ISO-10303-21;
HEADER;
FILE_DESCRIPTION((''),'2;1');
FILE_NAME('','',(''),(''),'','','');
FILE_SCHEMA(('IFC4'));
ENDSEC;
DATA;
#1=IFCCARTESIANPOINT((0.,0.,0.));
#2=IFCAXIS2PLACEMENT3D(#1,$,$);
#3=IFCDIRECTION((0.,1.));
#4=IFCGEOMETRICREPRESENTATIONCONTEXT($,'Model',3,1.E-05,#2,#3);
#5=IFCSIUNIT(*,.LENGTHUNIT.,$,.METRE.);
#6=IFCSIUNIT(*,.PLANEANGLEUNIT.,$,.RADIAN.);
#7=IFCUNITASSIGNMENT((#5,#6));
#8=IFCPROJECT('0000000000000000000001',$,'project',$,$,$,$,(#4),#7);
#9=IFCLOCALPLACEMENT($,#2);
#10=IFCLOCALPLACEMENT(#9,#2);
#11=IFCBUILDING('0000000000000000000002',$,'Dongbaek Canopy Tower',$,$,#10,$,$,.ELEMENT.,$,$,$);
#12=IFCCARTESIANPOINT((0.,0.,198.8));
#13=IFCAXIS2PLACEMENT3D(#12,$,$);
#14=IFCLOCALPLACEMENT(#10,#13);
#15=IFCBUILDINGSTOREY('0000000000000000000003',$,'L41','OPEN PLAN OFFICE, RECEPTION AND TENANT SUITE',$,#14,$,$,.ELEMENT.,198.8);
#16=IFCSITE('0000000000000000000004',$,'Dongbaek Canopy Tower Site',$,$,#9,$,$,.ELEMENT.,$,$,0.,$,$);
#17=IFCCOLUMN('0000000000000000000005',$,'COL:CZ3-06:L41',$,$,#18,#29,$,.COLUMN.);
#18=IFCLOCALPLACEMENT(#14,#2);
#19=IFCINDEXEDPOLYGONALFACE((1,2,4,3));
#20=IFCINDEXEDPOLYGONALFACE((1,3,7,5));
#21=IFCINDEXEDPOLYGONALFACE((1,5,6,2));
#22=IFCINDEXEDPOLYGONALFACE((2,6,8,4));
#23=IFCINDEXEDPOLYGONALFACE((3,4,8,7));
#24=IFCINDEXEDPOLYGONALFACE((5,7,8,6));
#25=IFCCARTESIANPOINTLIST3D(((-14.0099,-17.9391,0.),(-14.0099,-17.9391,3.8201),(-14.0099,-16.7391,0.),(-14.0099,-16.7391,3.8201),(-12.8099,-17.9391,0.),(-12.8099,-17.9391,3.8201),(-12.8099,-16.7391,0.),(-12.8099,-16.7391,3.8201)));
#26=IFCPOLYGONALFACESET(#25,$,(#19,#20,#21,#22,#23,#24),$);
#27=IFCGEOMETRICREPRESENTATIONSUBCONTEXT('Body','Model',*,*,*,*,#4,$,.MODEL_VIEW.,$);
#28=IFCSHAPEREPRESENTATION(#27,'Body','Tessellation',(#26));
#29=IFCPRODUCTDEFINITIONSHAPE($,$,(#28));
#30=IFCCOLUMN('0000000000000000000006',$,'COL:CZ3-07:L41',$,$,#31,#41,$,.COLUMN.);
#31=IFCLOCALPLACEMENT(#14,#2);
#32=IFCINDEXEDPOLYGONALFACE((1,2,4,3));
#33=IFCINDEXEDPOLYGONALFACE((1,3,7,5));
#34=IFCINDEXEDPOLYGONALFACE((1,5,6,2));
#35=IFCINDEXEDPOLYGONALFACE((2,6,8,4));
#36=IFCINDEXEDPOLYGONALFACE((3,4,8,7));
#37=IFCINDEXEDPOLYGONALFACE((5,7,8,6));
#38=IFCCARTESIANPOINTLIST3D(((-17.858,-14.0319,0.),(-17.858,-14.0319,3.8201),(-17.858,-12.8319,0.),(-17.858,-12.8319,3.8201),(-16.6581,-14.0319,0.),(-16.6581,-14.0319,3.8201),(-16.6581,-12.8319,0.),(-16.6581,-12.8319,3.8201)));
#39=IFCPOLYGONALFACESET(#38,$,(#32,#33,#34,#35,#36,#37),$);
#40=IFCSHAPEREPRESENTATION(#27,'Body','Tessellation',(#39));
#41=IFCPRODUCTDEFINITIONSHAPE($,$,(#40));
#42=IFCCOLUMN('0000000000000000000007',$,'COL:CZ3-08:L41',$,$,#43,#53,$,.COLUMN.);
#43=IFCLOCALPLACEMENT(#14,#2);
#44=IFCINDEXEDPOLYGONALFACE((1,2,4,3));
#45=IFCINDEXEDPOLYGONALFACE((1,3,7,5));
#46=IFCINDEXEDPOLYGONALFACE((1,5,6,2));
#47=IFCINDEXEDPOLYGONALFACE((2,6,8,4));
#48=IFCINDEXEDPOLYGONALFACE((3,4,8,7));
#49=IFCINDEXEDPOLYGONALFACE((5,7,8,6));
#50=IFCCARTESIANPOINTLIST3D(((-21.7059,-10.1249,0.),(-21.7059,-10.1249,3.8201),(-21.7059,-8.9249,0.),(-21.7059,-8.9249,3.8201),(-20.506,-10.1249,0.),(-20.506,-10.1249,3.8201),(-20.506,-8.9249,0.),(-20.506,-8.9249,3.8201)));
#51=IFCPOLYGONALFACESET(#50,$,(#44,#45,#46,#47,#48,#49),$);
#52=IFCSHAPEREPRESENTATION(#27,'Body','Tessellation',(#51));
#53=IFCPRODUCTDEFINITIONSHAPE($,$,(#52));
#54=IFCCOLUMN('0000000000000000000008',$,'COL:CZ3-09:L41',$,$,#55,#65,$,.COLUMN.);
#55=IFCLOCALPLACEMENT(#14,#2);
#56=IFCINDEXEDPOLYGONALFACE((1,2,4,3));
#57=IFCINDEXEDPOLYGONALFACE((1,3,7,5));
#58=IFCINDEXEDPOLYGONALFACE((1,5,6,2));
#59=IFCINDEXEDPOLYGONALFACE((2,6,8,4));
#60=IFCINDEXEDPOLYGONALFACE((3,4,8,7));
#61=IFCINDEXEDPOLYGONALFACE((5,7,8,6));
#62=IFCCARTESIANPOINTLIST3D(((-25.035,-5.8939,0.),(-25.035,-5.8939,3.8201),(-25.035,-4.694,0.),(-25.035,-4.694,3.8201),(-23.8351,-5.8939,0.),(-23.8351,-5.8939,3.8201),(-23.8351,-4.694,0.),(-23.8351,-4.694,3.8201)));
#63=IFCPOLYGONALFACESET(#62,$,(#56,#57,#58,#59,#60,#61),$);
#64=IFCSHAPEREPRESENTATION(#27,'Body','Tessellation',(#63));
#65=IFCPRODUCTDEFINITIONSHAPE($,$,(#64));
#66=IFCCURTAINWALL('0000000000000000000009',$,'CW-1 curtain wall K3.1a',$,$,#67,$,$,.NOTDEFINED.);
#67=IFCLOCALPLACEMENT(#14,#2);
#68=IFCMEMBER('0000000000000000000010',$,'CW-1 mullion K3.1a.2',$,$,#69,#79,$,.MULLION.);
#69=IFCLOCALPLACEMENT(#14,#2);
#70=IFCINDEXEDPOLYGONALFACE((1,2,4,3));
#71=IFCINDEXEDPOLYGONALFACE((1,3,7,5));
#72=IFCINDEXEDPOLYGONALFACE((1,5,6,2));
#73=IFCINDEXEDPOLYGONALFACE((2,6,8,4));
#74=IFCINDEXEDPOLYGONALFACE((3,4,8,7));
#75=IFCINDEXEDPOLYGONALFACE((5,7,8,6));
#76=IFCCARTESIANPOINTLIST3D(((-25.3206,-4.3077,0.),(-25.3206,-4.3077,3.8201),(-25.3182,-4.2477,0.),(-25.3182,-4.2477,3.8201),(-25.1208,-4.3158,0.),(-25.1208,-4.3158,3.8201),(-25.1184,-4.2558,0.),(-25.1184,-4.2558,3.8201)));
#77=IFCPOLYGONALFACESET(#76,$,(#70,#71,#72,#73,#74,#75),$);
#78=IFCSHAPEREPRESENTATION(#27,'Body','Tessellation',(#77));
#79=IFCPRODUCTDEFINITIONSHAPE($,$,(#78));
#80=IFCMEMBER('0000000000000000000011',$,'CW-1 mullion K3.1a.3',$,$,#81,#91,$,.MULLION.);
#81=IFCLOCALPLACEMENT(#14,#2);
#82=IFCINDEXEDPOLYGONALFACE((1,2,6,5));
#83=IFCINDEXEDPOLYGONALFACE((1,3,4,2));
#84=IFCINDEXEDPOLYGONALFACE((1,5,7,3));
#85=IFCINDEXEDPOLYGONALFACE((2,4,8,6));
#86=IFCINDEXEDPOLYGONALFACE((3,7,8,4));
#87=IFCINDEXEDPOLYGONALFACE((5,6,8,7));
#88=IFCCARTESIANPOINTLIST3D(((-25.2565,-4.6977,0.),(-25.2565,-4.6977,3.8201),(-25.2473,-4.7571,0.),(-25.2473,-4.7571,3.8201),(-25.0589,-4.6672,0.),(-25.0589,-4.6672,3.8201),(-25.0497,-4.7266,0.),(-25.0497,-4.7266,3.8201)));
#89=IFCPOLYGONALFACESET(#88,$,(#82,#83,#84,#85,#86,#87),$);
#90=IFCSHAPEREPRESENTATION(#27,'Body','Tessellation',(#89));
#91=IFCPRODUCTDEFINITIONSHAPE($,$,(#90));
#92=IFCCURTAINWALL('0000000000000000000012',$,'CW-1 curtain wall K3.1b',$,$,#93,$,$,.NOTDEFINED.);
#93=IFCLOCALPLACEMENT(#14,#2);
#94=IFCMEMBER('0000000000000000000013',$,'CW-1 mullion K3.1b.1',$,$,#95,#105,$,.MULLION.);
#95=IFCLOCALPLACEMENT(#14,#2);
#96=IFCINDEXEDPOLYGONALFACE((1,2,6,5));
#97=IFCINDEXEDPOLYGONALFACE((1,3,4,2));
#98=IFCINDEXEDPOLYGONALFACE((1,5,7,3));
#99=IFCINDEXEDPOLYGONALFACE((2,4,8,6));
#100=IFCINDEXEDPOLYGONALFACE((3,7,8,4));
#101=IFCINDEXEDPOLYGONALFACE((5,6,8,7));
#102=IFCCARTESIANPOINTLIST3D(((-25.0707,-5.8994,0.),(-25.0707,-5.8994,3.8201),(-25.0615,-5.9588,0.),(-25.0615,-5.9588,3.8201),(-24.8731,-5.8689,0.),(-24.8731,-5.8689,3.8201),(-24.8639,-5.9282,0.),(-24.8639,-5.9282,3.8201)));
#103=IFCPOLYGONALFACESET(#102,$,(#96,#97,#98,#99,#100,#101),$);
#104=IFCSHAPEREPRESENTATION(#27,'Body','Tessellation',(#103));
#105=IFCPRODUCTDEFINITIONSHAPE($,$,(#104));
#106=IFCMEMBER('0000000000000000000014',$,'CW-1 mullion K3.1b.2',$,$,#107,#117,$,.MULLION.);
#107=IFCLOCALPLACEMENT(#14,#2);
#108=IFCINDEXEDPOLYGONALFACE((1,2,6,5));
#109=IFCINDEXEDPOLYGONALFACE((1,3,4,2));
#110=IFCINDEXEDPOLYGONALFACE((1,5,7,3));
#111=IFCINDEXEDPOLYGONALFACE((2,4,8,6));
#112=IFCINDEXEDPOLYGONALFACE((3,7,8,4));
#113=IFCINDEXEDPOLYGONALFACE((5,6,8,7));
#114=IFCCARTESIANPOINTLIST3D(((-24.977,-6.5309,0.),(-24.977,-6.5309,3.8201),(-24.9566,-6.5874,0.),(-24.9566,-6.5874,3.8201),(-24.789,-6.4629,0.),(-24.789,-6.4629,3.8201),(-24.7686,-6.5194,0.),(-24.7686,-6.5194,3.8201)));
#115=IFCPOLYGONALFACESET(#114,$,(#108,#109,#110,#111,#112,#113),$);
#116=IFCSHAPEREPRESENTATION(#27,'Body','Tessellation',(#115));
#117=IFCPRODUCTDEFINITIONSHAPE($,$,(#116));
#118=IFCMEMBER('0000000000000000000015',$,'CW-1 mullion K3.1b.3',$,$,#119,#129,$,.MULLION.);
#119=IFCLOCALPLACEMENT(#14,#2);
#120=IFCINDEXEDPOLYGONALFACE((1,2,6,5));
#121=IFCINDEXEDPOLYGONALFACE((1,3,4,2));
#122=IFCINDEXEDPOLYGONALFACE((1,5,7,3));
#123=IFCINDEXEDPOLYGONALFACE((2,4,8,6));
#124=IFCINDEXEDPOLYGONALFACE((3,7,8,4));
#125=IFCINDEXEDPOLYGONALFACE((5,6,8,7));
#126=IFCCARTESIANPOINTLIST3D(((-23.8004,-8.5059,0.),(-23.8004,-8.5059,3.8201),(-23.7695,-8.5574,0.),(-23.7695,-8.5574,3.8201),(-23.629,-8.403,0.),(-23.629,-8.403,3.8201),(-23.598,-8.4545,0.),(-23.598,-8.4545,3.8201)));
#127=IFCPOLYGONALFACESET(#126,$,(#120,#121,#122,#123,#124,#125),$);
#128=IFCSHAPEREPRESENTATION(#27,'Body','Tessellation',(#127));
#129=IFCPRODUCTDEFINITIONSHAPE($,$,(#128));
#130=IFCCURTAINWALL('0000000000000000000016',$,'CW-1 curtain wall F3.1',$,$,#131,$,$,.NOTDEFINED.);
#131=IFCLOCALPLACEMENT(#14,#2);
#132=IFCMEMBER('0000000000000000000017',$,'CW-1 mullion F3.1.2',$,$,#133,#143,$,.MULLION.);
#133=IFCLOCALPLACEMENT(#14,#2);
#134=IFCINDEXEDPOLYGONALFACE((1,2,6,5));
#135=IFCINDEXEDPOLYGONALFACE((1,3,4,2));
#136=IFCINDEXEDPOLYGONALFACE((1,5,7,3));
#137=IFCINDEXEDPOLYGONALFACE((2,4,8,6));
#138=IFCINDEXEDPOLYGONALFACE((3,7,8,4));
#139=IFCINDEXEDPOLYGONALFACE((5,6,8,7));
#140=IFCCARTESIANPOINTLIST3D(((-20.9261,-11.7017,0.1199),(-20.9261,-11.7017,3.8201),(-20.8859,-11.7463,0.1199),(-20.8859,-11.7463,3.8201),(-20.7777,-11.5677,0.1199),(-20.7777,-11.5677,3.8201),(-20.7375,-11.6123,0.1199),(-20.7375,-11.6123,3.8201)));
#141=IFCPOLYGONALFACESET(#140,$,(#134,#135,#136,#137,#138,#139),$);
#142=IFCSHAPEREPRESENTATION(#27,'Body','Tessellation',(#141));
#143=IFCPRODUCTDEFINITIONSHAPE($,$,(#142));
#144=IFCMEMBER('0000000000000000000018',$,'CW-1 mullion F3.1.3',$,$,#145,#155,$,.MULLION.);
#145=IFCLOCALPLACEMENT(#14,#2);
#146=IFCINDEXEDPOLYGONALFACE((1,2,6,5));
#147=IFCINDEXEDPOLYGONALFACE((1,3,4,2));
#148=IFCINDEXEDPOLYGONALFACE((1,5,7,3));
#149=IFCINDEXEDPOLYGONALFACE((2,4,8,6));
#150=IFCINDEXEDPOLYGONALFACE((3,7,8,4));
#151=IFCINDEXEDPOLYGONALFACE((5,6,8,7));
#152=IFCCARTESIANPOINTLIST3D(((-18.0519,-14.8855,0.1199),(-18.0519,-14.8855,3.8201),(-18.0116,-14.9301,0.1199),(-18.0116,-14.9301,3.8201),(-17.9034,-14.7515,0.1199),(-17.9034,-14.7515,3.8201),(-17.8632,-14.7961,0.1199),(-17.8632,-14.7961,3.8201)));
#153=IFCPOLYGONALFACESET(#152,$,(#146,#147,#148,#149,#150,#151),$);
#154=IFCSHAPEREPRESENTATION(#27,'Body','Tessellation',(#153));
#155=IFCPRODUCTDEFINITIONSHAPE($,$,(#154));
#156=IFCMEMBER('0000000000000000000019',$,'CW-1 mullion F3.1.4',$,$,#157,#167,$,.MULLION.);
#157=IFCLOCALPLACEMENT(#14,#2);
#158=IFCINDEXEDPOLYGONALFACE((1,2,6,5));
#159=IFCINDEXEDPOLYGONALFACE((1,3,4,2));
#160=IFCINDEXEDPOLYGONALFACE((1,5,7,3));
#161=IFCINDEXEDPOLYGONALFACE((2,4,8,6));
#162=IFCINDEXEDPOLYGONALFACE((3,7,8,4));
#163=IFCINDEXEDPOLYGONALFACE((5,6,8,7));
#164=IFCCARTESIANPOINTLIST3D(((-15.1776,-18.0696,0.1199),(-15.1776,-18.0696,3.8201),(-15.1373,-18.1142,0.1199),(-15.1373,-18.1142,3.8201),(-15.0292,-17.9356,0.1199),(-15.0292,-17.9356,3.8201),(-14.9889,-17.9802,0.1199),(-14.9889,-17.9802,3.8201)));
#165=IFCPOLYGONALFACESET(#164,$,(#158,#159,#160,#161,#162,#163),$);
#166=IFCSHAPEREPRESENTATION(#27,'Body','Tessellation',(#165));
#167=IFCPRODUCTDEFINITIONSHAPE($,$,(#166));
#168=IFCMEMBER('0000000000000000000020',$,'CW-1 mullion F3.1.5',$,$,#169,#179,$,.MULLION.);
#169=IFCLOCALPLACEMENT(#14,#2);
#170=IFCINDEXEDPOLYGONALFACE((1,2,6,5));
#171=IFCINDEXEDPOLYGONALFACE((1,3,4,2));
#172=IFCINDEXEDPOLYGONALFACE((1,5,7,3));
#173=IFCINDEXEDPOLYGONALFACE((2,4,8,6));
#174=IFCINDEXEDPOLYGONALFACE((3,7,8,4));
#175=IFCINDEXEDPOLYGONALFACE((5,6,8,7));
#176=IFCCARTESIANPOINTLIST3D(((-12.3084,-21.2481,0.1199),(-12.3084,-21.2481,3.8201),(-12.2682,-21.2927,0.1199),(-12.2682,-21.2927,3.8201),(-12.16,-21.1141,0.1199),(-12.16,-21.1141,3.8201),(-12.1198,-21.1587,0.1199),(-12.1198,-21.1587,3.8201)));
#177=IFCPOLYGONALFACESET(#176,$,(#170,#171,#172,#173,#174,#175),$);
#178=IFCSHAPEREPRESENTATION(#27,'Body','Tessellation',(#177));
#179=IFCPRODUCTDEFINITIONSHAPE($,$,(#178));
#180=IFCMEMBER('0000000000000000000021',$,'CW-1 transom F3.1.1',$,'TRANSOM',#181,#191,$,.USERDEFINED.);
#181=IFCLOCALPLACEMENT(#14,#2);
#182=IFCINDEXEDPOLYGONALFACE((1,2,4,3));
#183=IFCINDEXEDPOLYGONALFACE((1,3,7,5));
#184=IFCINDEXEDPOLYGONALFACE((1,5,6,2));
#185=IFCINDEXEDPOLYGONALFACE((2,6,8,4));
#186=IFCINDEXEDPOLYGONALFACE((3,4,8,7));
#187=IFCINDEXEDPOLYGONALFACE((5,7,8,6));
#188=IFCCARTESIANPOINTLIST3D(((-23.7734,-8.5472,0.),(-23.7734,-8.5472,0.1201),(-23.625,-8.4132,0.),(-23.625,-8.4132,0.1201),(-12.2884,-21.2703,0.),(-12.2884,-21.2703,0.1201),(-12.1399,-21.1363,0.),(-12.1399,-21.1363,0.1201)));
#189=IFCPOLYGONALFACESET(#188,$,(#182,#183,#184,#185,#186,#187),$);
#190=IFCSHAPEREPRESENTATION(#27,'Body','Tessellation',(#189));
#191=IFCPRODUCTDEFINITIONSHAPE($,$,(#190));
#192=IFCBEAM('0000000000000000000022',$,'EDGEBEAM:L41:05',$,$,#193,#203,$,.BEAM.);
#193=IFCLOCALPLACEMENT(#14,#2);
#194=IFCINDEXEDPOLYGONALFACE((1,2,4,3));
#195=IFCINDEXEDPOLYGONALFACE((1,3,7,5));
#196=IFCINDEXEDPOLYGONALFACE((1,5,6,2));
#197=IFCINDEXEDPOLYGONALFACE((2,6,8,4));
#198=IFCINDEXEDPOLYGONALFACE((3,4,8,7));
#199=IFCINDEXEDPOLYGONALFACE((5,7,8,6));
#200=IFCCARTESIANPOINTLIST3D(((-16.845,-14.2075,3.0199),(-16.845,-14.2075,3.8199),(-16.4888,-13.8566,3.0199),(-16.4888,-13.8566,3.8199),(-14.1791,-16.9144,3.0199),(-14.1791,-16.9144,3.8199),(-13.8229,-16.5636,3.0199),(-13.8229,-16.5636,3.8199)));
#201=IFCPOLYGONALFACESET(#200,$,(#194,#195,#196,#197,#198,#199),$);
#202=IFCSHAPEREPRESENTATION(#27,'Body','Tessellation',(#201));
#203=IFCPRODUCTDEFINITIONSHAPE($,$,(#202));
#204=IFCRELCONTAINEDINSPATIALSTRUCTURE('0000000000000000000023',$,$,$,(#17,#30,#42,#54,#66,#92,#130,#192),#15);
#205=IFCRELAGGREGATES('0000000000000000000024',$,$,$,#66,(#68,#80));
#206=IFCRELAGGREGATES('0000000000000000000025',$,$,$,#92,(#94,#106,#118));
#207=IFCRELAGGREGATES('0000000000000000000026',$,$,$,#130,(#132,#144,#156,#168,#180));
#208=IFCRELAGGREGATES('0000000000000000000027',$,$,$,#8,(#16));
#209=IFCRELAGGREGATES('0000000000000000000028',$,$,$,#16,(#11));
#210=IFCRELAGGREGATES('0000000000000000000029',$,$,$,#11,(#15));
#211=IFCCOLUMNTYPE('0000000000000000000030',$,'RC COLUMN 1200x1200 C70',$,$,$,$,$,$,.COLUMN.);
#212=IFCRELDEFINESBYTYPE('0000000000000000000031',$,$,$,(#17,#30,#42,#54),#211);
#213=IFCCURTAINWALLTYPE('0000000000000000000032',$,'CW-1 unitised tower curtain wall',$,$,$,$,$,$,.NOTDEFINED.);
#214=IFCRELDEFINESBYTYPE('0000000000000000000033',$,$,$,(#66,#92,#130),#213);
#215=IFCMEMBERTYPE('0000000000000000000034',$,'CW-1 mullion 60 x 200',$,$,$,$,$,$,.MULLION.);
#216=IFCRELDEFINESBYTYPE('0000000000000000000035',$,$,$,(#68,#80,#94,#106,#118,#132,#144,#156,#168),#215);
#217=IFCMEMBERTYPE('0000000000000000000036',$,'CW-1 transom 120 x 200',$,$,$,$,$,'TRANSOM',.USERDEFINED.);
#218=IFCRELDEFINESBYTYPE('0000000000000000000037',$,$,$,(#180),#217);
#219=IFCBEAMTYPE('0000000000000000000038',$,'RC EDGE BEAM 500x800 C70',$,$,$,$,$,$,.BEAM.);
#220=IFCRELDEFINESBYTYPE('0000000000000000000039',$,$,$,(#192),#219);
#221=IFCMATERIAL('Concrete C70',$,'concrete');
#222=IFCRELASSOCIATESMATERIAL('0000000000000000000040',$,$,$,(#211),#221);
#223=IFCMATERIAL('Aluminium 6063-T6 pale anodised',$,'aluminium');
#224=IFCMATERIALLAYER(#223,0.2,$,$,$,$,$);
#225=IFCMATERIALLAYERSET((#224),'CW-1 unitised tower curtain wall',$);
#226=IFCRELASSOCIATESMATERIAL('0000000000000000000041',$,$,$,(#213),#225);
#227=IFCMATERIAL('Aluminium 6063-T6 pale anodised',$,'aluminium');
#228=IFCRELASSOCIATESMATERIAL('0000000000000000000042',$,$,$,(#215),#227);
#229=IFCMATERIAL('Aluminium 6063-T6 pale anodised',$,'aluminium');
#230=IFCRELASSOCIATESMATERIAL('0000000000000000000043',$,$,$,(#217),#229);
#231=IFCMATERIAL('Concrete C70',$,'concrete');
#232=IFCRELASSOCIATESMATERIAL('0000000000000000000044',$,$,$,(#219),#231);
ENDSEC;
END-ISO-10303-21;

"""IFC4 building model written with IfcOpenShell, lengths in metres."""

from ifc_helpers import new_model, si_unit, direction, frame, origin, origin_2d, place, context, subcontext, project, spatial, rectangle, extrude, material, layer, layer_set, material_profile, profile_set, type_object, element, aggregate, save


model = new_model("IFC4")

# Units and contexts
model_context = context("Model", 3, precision=1e-05, world=origin(), true_north=direction((0.0, 1.0)))
body_context = subcontext(model_context, "Body", "Model", "MODEL_VIEW")
ifc_project = project(units=[si_unit("LENGTHUNIT", "METRE"), si_unit("PLANEANGLEUNIT", "RADIAN")], contexts=[model_context])

# Site, building, storey
site_placement = place(None, origin())
site = spatial("IfcSite", under=ifc_project, at=site_placement, Name="Dongbaek Canopy Tower Site", CompositionType="ELEMENT", RefElevation=0.0)
building_placement = place(site_placement, origin())
building = spatial("IfcBuilding", under=site, at=building_placement, Name="Dongbaek Canopy Tower", CompositionType="ELEMENT")
storey_placement = place(building_placement, frame((0.0, 0.0, 198.8)))
storey = spatial("IfcBuildingStorey", under=building, at=storey_placement, Name="L41", Description="OPEN PLAN OFFICE, RECEPTION AND TENANT SUITE", CompositionType="ELEMENT", Elevation=198.8)

# Columns
ifc_material_1 = material(Name="Concrete C70", Category="concrete")
ifc_material_profile_1 = material_profile(ifc_material_1, rectangle(XDim=1.2, YDim=1.2, at=origin_2d()), Name="RC COLUMN 1200x1200 C70")
ifc_profile_set_1 = profile_set([ifc_material_profile_1], Name="Concrete C70")
column_type = type_object("IfcColumnType", Name="RC COLUMN 1200x1200 C70", PredefinedType="COLUMN", material=ifc_profile_set_1)
for number, where, z_axis, x_axis, name in (
    (1, (-13.4099, -17.3391, 0.0), (0.0, 0.0, 1.0), (1.0, 0.0, 0.0), "COL:CZ3-06:L41"),
    (2, (-17.2581, -13.4319, 0.0), (0.0, 0.0, 1.0), (1.0, 0.0, 0.0), "COL:CZ3-07:L41"),
    (3, (-21.106, -9.5249, 0.0), (0.0, 0.0, 1.0), (1.0, 0.0, 0.0), "COL:CZ3-08:L41"),
    (4, (-24.4351, -5.2939, 0.0), (0.0, 0.0, 1.0), (1.0, 0.0, 0.0), "COL:CZ3-09:L41"),
):
    element("IfcColumn", number, at=place(storey_placement, frame(where, z_axis=z_axis, x_axis=x_axis)), inside=storey, type_object=column_type, Name=name, PredefinedType="COLUMN", context=body_context, shape_type="SweptSolid", body=[
        extrude(rectangle(XDim=1.2, YDim=1.2, at=origin_2d()), origin(), (0.0, 0.0, 1.0), 3.8201),
    ])

# Curtain walls, members
ifc_material_2 = material(Name="Aluminium 6063-T6 pale anodised", Category="aluminium")
ifc_layer_1 = layer(ifc_material_2, 0.2)
ifc_layer_set_1 = layer_set([ifc_layer_1], Name="CW-1 unitised tower curtain wall")
curtain_wall_type = type_object("IfcCurtainWallType", Name="CW-1 unitised tower curtain wall", PredefinedType="NOTDEFINED", material=ifc_layer_set_1)
curtain_wall_1_placement = place(storey_placement, origin())
curtain_wall_1 = element("IfcCurtainWall", 5, at=curtain_wall_1_placement, inside=storey, type_object=curtain_wall_type, Name="CW-1 curtain wall K3.1a", PredefinedType="NOTDEFINED")
ifc_material_3 = material(Name="Aluminium 6063-T6 pale anodised", Category="aluminium")
ifc_material_profile_2 = material_profile(ifc_material_3, rectangle(XDim=0.2, YDim=0.0601, at=origin_2d()), Name="CW-1 mullion 60 x 200")
ifc_profile_set_2 = profile_set([ifc_material_profile_2], Name="Aluminium 6063-T6 pale anodised")
member_type_1 = type_object("IfcMemberType", Name="CW-1 mullion 60 x 200", PredefinedType="MULLION", material=ifc_profile_set_2)
member_1_placement = place(storey_placement, frame((-25.2195, -4.2817, 0.0), z_axis=(0.0, 0.0, 1.0), x_axis=(-0.999186, 0.040338, 0.0)))
member_1 = element("IfcMember", 6, at=member_1_placement, type_object=member_type_1, Name="CW-1 mullion K3.1a.2", PredefinedType="MULLION", context=body_context, shape_type="SweptSolid", body=[
    extrude(rectangle(XDim=0.2, YDim=0.0601, at=origin_2d()), origin(), (0.0, 0.0, 1.0), 3.8201),
])
member_2_placement = place(storey_placement, frame((-25.1531, -4.7122, 0.0), z_axis=(0.0, 0.0, 1.0), x_axis=(-0.988271, -0.152713, 0.0)))
member_2 = element("IfcMember", 7, at=member_2_placement, type_object=member_type_1, Name="CW-1 mullion K3.1a.3", PredefinedType="MULLION", context=body_context, shape_type="SweptSolid", body=[
    extrude(rectangle(XDim=0.2, YDim=0.0601, at=origin_2d()), origin(), (0.0, 0.0, 1.0), 3.8201),
])
curtain_wall_2_placement = place(storey_placement, origin())
curtain_wall_2 = element("IfcCurtainWall", 8, at=curtain_wall_2_placement, inside=storey, type_object=curtain_wall_type, Name="CW-1 curtain wall K3.1b", PredefinedType="NOTDEFINED")
member_3_placement = place(storey_placement, frame((-24.9673, -5.9138, 0.0), z_axis=(0.0, 0.0, 1.0), x_axis=(-0.988271, -0.152713, 0.0)))
member_3 = element("IfcMember", 9, at=member_3_placement, type_object=member_type_1, Name="CW-1 mullion K3.1b.1", PredefinedType="MULLION", context=body_context, shape_type="SweptSolid", body=[
    extrude(rectangle(XDim=0.2, YDim=0.0601, at=origin_2d()), origin(), (0.0, 0.0, 1.0), 3.8201),
])
member_4_placement = place(storey_placement, frame((-24.8728, -6.5251, 0.0), z_axis=(0.0, 0.0, 1.0), x_axis=(-0.940406, -0.340055, 0.0)))
member_4 = element("IfcMember", 10, at=member_4_placement, type_object=member_type_1, Name="CW-1 mullion K3.1b.2", PredefinedType="MULLION", context=body_context, shape_type="SweptSolid", body=[
    extrude(rectangle(XDim=0.2, YDim=0.0601, at=origin_2d()), origin(), (0.0, 0.0, 1.0), 3.8201),
])
member_5_placement = place(storey_placement, frame((-23.6992, -8.4802, 0.0), z_axis=(0.0, 0.0, 1.0), x_axis=(-0.857381, -0.514683, 0.0)))
member_5 = element("IfcMember", 11, at=member_5_placement, type_object=member_type_1, Name="CW-1 mullion K3.1b.3", PredefinedType="MULLION", context=body_context, shape_type="SweptSolid", body=[
    extrude(rectangle(XDim=0.2, YDim=0.0601, at=origin_2d()), origin(), (0.0, 0.0, 1.0), 3.8201),
])
curtain_wall_3_placement = place(storey_placement, origin())
curtain_wall_3 = element("IfcCurtainWall", 12, at=curtain_wall_3_placement, inside=storey, type_object=curtain_wall_type, Name="CW-1 curtain wall F3.1", PredefinedType="NOTDEFINED")
member_6_placement = place(storey_placement, frame((-20.8318, -11.657, 0.1199), z_axis=(0.0, 0.0, 1.0), x_axis=(-0.7423, -0.670068, 0.0)))
member_6 = element("IfcMember", 13, at=member_6_placement, type_object=member_type_1, Name="CW-1 mullion F3.1.2", PredefinedType="MULLION", context=body_context, shape_type="SweptSolid", body=[
    extrude(rectangle(XDim=0.2, YDim=0.0601, at=origin_2d()), origin(), (0.0, 0.0, 1.0), 3.7002),
])
member_7_placement = place(storey_placement, frame((-17.9575, -14.8408, 0.1199), z_axis=(0.0, 0.0, 1.0), x_axis=(-0.7423, -0.670068, 0.0)))
member_7 = element("IfcMember", 14, at=member_7_placement, type_object=member_type_1, Name="CW-1 mullion F3.1.3", PredefinedType="MULLION", context=body_context, shape_type="SweptSolid", body=[
    extrude(rectangle(XDim=0.2, YDim=0.0601, at=origin_2d()), origin(), (0.0, 0.0, 1.0), 3.7002),
])
member_8_placement = place(storey_placement, frame((-15.0833, -18.0249, 0.1199), z_axis=(0.0, 0.0, 1.0), x_axis=(-0.7423, -0.670068, 0.0)))
member_8 = element("IfcMember", 15, at=member_8_placement, type_object=member_type_1, Name="CW-1 mullion F3.1.4", PredefinedType="MULLION", context=body_context, shape_type="SweptSolid", body=[
    extrude(rectangle(XDim=0.2, YDim=0.0601, at=origin_2d()), origin(), (0.0, 0.0, 1.0), 3.7002),
])
member_9_placement = place(storey_placement, frame((-12.2141, -21.2034, 0.1199), z_axis=(0.0, 0.0, 1.0), x_axis=(-0.7423, -0.670068, 0.0)))
member_9 = element("IfcMember", 16, at=member_9_placement, type_object=member_type_1, Name="CW-1 mullion F3.1.5", PredefinedType="MULLION", context=body_context, shape_type="SweptSolid", body=[
    extrude(rectangle(XDim=0.2, YDim=0.0601, at=origin_2d()), origin(), (0.0, 0.0, 1.0), 3.7002),
])
ifc_material_4 = material(Name="Aluminium 6063-T6 pale anodised", Category="aluminium")
ifc_material_profile_3 = material_profile(ifc_material_4, rectangle(XDim=0.2, YDim=0.1201, at=origin_2d()), Name="CW-1 transom 120 x 200")
ifc_profile_set_3 = profile_set([ifc_material_profile_3], Name="Aluminium 6063-T6 pale anodised")
member_type_2 = type_object("IfcMemberType", Name="CW-1 transom 120 x 200", ElementType="TRANSOM", PredefinedType="USERDEFINED", material=ifc_profile_set_3)
member_10_placement = place(storey_placement, frame((-23.6992, -8.4802, 0.0601), z_axis=(0.670069, -0.742299, 0.0), x_axis=(0.742299, 0.670069, 0.0)))
member_10 = element("IfcMember", 17, at=member_10_placement, type_object=member_type_2, Name="CW-1 transom F3.1.1", ObjectType="TRANSOM", PredefinedType="USERDEFINED", context=body_context, shape_type="SweptSolid", body=[
    extrude(rectangle(XDim=0.2, YDim=0.1201, at=origin_2d()), origin(), (0.0, 0.0, 1.0), 17.1401),
])

# Beam
ifc_material_5 = material(Name="Concrete C70", Category="concrete")
ifc_material_profile_4 = material_profile(ifc_material_5, rectangle(XDim=0.5, YDim=0.8, at=origin_2d()), Name="RC EDGE BEAM 500x800 C70")
ifc_profile_set_4 = profile_set([ifc_material_profile_4], Name="Concrete C70")
beam_type = type_object("IfcBeamType", Name="RC EDGE BEAM 500x800 C70", PredefinedType="BEAM", material=ifc_profile_set_4)
beam_1_placement = place(storey_placement, frame((-14.001, -16.739, 3.4199), z_axis=(-0.701689, 0.712484, 0.0), x_axis=(-0.712484, -0.701689, 0.0)))
element("IfcBeam", 18, at=beam_1_placement, inside=storey, type_object=beam_type, Name="EDGEBEAM:L41:05", PredefinedType="BEAM", context=body_context, shape_type="SweptSolid", body=[
    extrude(rectangle(XDim=0.5, YDim=0.8, at=origin_2d()), origin(), (0.0, 0.0, 1.0), 3.7993),
])

aggregate(curtain_wall_1, [member_1, member_2])
aggregate(curtain_wall_2, [member_3, member_4, member_5])

aggregate(curtain_wall_3, [member_6, member_7, member_8, member_9, member_10])

save(model, "model.ifc")
